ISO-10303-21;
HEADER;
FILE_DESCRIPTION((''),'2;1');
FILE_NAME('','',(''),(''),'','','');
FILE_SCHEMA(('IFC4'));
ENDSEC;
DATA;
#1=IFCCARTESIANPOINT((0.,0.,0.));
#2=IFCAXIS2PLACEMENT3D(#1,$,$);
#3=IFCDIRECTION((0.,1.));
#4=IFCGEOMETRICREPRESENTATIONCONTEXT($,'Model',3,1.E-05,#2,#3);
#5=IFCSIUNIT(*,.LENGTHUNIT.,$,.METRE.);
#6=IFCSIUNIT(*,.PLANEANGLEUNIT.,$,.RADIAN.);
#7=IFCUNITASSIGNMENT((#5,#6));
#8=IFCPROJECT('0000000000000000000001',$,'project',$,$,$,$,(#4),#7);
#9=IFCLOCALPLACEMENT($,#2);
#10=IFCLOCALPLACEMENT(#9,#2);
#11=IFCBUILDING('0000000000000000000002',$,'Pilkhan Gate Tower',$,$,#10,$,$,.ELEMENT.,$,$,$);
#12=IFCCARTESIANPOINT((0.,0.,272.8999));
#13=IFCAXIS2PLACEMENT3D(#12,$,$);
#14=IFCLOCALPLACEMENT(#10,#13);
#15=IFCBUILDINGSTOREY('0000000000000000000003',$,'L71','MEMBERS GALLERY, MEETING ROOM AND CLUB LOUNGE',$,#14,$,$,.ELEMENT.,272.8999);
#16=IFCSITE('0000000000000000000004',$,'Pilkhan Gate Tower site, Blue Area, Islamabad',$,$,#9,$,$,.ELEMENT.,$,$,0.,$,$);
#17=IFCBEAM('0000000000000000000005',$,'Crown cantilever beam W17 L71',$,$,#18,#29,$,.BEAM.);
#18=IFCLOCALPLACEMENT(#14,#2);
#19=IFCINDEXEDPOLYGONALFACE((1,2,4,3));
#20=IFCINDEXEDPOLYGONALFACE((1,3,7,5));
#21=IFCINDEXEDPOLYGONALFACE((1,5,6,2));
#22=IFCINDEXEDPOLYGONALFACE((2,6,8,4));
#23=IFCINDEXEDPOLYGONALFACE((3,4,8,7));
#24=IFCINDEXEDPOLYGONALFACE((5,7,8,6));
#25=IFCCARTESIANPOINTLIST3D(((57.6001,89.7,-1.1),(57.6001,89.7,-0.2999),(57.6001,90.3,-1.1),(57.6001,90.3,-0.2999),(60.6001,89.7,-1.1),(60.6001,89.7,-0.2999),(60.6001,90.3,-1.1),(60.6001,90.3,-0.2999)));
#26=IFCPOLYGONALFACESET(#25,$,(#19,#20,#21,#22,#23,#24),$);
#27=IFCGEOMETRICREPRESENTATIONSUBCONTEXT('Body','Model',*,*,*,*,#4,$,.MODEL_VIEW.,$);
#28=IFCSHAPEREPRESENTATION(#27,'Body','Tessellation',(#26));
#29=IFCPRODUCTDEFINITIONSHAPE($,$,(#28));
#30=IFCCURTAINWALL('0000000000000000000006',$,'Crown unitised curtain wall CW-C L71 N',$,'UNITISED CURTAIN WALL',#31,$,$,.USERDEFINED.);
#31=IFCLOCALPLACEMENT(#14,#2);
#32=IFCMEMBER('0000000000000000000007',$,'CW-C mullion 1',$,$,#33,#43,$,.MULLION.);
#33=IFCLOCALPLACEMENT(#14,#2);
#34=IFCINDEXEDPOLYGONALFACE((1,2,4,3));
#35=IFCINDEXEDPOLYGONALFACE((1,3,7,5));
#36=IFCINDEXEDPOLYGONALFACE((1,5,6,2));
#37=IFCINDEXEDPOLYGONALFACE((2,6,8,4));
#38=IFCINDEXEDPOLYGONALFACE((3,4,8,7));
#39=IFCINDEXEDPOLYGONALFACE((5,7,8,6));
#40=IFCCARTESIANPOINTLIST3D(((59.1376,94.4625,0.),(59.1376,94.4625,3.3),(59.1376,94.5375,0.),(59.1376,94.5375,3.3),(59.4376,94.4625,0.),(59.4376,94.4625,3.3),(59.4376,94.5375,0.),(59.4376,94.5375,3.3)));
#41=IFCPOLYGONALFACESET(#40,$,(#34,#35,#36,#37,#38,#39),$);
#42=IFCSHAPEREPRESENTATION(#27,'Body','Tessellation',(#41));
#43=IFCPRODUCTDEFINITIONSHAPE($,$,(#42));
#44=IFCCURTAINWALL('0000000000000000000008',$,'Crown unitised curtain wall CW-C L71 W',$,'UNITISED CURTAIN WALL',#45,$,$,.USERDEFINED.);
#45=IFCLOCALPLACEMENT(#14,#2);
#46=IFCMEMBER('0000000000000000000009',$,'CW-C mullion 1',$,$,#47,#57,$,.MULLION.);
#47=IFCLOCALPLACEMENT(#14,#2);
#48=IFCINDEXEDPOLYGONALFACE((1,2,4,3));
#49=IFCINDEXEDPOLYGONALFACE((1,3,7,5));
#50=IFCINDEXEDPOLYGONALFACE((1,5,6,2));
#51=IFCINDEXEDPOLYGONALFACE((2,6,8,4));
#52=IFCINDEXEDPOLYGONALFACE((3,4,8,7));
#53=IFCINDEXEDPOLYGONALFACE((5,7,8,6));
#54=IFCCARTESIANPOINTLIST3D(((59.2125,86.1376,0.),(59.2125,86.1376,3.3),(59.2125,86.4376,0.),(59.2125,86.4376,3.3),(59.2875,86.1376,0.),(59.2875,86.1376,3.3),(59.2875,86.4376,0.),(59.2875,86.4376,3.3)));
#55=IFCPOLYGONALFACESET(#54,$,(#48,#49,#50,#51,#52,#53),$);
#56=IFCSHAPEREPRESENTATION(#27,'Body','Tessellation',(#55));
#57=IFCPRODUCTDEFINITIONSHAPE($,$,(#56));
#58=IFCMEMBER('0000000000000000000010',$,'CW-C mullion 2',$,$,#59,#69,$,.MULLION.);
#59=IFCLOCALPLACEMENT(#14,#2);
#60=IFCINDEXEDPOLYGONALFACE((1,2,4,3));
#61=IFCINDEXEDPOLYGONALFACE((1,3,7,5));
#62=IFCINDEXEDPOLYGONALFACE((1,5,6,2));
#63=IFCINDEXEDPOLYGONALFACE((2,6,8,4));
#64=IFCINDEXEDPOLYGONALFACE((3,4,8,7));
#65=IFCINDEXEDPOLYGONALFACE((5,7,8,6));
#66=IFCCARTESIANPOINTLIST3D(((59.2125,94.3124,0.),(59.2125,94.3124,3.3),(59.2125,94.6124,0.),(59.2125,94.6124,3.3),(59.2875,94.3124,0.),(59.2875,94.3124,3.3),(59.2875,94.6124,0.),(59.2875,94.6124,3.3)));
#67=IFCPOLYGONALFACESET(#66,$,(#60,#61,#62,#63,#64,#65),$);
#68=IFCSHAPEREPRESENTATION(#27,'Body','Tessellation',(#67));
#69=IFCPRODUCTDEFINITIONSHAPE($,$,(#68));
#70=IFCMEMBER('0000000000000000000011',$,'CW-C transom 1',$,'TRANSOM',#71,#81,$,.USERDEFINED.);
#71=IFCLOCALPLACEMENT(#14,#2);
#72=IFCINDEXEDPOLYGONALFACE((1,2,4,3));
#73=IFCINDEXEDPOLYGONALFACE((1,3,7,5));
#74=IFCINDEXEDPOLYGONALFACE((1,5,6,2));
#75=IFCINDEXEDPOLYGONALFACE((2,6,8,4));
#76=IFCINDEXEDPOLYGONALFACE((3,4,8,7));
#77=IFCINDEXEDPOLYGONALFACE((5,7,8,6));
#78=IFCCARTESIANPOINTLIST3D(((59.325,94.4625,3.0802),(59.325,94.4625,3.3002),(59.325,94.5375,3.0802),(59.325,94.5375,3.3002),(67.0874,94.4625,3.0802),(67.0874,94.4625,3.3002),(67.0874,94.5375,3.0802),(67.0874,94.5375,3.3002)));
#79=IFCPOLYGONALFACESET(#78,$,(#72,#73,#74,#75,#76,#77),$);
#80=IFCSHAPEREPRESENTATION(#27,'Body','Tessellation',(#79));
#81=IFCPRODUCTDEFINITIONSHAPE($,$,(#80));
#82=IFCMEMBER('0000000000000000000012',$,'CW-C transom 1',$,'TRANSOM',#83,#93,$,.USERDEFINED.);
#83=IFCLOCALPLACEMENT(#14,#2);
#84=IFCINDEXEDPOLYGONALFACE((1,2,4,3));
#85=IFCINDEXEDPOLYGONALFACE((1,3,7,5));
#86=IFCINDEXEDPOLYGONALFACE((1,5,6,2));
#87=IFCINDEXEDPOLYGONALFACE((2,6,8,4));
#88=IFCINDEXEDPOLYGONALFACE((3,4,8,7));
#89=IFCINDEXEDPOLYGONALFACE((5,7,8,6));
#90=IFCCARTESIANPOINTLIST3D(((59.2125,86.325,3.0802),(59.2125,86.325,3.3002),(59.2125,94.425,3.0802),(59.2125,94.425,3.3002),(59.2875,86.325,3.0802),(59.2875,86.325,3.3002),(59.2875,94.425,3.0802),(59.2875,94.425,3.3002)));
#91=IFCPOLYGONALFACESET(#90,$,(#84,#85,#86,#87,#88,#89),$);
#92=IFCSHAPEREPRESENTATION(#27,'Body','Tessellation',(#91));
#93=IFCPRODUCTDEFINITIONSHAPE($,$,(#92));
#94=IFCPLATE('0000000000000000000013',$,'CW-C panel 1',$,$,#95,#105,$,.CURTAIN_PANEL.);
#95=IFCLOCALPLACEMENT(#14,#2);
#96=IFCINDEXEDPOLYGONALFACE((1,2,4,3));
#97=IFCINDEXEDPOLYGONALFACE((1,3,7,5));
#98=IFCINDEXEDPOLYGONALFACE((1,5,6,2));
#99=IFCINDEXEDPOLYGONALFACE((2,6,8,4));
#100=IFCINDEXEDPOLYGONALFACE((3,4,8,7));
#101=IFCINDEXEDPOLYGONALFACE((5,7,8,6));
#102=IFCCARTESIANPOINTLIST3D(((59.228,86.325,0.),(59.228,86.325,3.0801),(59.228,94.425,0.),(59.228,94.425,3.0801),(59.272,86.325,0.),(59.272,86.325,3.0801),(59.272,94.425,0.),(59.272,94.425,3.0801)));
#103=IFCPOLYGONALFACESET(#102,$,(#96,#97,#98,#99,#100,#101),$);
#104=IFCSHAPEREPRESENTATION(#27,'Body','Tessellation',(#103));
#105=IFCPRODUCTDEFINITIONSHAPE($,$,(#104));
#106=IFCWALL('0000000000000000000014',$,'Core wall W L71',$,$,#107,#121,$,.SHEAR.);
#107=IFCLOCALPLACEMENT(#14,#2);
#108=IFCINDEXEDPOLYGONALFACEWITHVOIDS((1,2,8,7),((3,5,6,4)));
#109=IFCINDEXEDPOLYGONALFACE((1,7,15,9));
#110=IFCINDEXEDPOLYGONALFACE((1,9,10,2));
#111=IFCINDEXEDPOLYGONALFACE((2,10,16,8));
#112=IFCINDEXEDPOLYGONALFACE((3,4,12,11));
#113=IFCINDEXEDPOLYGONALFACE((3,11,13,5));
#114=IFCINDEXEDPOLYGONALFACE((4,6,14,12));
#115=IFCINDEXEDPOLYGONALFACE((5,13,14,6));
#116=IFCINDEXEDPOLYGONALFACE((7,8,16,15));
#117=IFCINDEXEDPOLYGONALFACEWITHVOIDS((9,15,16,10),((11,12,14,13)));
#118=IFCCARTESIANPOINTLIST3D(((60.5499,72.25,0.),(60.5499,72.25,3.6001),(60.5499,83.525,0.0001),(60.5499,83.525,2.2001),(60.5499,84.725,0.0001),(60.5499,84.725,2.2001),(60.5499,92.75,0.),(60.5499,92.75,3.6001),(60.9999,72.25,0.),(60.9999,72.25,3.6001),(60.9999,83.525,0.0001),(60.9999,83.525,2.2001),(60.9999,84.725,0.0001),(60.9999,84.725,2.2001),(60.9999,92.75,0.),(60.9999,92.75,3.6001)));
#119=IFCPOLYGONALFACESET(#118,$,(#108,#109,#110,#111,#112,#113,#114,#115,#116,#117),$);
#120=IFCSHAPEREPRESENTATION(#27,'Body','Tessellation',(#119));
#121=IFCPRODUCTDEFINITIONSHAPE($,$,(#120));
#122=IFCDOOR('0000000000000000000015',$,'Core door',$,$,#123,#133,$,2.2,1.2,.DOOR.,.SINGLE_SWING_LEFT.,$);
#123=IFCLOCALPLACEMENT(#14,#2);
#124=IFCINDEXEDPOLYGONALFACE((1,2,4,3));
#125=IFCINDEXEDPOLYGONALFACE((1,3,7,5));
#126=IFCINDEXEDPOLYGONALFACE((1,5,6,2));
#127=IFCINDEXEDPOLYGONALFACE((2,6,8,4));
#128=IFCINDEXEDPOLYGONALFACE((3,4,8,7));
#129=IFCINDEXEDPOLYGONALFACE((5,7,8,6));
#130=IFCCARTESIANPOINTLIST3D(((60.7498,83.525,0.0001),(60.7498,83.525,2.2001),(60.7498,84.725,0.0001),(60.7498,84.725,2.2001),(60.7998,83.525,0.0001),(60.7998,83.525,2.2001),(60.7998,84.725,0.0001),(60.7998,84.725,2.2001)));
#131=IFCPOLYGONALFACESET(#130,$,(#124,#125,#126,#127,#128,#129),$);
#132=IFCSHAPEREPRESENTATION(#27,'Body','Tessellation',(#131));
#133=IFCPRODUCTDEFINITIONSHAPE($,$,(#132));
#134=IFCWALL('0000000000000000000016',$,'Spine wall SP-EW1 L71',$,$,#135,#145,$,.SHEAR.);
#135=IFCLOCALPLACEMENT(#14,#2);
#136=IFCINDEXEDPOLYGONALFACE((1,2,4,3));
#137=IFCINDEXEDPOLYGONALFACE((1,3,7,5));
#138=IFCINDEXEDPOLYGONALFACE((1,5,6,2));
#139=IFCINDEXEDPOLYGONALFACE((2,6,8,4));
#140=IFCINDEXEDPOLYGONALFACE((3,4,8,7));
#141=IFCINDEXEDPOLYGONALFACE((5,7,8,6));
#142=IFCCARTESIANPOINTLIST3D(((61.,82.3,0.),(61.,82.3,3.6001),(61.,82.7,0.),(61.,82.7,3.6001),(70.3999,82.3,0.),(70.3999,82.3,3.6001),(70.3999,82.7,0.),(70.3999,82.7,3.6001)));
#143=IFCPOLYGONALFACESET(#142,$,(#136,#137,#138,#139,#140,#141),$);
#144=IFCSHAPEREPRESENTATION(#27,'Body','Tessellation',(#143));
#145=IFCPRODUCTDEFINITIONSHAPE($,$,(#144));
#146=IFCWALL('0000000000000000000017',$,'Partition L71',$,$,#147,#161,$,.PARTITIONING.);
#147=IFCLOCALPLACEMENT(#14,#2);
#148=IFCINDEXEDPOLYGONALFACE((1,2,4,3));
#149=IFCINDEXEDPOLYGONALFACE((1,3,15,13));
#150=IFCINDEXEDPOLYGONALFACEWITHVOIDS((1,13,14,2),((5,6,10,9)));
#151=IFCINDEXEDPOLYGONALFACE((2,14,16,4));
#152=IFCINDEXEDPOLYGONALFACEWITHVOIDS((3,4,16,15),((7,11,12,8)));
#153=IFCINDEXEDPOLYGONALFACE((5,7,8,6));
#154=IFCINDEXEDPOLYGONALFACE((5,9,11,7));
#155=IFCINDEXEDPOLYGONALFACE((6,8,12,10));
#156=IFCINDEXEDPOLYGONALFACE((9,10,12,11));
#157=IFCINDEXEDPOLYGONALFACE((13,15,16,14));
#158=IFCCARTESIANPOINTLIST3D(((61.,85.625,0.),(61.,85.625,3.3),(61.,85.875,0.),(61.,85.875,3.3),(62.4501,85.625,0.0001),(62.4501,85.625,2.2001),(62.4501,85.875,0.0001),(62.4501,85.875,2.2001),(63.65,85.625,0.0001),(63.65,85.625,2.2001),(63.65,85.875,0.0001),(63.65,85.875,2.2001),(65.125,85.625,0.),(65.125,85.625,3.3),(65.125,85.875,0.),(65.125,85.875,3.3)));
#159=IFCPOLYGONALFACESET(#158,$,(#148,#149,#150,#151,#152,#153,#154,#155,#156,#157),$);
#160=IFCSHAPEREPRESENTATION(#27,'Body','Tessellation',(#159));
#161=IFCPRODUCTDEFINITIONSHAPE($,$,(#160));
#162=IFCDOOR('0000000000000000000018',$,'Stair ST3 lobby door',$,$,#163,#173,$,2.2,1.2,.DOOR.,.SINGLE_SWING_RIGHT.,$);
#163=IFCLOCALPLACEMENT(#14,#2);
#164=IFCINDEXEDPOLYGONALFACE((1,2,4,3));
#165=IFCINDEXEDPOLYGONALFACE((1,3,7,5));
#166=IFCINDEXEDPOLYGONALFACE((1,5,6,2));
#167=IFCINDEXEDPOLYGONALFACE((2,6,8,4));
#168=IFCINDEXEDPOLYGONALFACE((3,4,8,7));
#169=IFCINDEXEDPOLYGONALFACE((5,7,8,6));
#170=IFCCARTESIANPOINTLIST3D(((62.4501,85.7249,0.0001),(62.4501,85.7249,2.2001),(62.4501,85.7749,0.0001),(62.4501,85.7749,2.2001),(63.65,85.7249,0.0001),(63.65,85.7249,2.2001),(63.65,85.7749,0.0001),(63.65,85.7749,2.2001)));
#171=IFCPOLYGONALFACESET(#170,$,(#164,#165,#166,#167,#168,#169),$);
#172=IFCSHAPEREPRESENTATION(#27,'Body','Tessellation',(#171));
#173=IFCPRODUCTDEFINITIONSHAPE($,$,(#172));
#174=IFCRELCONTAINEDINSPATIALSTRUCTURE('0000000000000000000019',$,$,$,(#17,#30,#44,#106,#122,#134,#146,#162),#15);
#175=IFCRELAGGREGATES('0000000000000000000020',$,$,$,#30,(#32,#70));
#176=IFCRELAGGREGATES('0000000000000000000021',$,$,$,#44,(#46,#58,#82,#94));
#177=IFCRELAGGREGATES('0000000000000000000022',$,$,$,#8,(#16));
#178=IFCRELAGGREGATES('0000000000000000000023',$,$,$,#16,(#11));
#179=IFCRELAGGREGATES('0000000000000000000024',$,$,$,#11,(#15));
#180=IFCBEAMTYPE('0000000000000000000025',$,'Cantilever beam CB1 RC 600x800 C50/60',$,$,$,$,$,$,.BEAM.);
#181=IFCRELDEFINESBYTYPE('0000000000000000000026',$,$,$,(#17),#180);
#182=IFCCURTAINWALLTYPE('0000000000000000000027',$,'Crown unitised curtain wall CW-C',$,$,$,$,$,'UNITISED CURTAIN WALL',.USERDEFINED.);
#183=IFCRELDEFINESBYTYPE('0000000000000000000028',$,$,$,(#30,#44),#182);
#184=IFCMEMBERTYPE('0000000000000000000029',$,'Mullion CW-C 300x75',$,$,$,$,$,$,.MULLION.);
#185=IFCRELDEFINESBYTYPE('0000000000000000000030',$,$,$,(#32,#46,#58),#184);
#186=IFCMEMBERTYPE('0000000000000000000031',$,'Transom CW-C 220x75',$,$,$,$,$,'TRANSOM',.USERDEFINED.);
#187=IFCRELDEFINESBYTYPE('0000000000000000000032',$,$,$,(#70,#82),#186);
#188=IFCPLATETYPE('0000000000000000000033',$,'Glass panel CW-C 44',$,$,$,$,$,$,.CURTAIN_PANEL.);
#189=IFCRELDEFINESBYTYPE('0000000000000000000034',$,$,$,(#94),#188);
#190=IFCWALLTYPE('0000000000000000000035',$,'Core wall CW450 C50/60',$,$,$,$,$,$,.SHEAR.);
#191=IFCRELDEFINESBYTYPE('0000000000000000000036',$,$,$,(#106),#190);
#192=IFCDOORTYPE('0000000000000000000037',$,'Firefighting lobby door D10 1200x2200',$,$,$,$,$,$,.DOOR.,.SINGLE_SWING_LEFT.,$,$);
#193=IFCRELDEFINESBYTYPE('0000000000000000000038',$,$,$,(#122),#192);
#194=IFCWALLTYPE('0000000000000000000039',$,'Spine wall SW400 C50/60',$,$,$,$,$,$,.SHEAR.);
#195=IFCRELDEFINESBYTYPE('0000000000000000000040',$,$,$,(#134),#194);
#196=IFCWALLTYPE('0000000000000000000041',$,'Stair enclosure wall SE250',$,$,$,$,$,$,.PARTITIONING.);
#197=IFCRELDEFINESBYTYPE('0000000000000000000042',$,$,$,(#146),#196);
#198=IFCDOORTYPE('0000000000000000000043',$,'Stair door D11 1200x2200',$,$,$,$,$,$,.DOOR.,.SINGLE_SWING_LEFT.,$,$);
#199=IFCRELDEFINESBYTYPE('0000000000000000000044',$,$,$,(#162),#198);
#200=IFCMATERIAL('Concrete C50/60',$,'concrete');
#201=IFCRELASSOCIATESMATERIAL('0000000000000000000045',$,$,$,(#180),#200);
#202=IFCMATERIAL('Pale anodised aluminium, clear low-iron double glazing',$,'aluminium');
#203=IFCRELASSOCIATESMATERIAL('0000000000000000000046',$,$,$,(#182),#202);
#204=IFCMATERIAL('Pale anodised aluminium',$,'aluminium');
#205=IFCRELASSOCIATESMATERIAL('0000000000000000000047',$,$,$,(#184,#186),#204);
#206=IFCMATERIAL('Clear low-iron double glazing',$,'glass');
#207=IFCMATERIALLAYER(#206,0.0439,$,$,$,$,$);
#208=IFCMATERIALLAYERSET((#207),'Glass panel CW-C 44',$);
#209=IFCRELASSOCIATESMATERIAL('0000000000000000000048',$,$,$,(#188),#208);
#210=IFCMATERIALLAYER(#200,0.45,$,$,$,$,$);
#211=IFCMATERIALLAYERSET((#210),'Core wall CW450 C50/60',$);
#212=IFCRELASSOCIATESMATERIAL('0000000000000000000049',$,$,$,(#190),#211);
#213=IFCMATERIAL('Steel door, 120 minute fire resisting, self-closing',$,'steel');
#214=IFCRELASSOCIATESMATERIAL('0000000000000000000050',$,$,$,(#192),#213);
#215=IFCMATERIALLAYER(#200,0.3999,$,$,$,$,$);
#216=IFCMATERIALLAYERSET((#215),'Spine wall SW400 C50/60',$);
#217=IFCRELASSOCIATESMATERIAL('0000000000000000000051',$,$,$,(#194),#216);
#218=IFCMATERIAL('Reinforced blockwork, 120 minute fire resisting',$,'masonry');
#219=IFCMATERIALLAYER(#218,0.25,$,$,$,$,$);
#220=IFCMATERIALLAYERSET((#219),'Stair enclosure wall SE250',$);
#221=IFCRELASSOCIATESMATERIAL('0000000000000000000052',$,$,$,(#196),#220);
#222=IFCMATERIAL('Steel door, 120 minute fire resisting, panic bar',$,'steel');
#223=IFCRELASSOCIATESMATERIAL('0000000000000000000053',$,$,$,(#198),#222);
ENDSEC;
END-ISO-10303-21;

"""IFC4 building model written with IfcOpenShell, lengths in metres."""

from ifc_helpers import new_model, si_unit, direction, frame, frame_2d, origin, origin_2d, place, context, subcontext, project, spatial, rectangle, extrude, material, layer, layer_set, material_profile, profile_set, type_object, element, fill, aggregate, save


model = new_model("IFC4")

# Units and contexts
model_context = context("Model", 3, precision=1e-05, world=origin(), true_north=direction((0.0, 1.0)))
body_context = subcontext(model_context, "Body", "Model", "MODEL_VIEW")
ifc_project = project(units=[si_unit("LENGTHUNIT", "METRE"), si_unit("PLANEANGLEUNIT", "RADIAN")], contexts=[model_context])

# Site, building, storey
site_placement = place(None, origin())
site = spatial("IfcSite", under=ifc_project, at=site_placement, Name="Pilkhan Gate Tower site, Blue Area, Islamabad", CompositionType="ELEMENT", RefElevation=0.0)
building_placement = place(site_placement, origin())
building = spatial("IfcBuilding", under=site, at=building_placement, Name="Pilkhan Gate Tower", CompositionType="ELEMENT")
storey_placement = place(building_placement, frame((0.0, 0.0, 272.8999)))
storey = spatial("IfcBuildingStorey", under=building, at=storey_placement, Name="L71", Description="MEMBERS GALLERY, MEETING ROOM AND CLUB LOUNGE", CompositionType="ELEMENT", Elevation=272.8999)

# Beam
ifc_material_1 = material(Name="Concrete C50/60", Category="concrete")
ifc_material_profile_1 = material_profile(ifc_material_1, rectangle(XDim=0.6001, YDim=0.8, at=origin_2d()), Name="RC 600x800")
ifc_profile_set_1 = profile_set([ifc_material_profile_1], Name="Concrete C50/60")
beam_type = type_object("IfcBeamType", Name="Cantilever beam CB1 RC 600x800 C50/60", PredefinedType="BEAM", material=ifc_profile_set_1)
beam_placement = place(storey_placement, frame((60.6001, 90.0, -0.7), z_axis=(-1.0, 0.0, 0.0), x_axis=(0.0, -1.0, 0.0)))
element("IfcBeam", 1, at=beam_placement, inside=storey, type_object=beam_type, Name="Crown cantilever beam W17 L71", PredefinedType="BEAM", context=body_context, shape_type="SweptSolid", body=[
    extrude(rectangle(XDim=0.6001, YDim=0.8, at=origin_2d()), origin(), (0.0, 0.0, 1.0), 3.0),
])

# Curtain wall, member
ifc_material_2 = material(Name="Pale anodised aluminium, clear low-iron double glazing", Category="aluminium")
curtain_wall_type = type_object("IfcCurtainWallType", Name="Crown unitised curtain wall CW-C", ElementType="UNITISED CURTAIN WALL", PredefinedType="USERDEFINED", material=ifc_material_2)
curtain_wall_1_placement = place(storey_placement, origin())
curtain_wall_1 = element("IfcCurtainWall", 2, at=curtain_wall_1_placement, inside=storey, type_object=curtain_wall_type, Name="Crown unitised curtain wall CW-C L71 N", ObjectType="UNITISED CURTAIN WALL", PredefinedType="USERDEFINED")
ifc_material_3 = material(Name="Pale anodised aluminium", Category="aluminium")
ifc_material_profile_2 = material_profile(ifc_material_3, rectangle(XDim=0.075, YDim=0.3, at=origin_2d()), Name="Mullion 300x75")
ifc_profile_set_2 = profile_set([ifc_material_profile_2], Name="Pale anodised aluminium")
member_type_1 = type_object("IfcMemberType", Name="Mullion CW-C 300x75", PredefinedType="MULLION", material=ifc_profile_set_2)
member_1_placement = place(storey_placement, frame((59.2876, 94.5, 0.0), z_axis=(0.0, 0.0, 1.0), x_axis=(0.0, 1.0, 0.0)))
member_1 = element("IfcMember", 3, at=member_1_placement, type_object=member_type_1, Name="CW-C mullion 1", PredefinedType="MULLION", context=body_context, shape_type="SweptSolid", body=[
    extrude(rectangle(XDim=0.075, YDim=0.3, at=origin_2d()), origin(), (0.0, 0.0, 1.0), 3.3),
])

# Curtain wall, members
curtain_wall_2_placement = place(storey_placement, origin())
curtain_wall_2 = element("IfcCurtainWall", 4, at=curtain_wall_2_placement, inside=storey, type_object=curtain_wall_type, Name="Crown unitised curtain wall CW-C L71 W", ObjectType="UNITISED CURTAIN WALL", PredefinedType="USERDEFINED")
member_2_placement = place(storey_placement, frame((59.25, 86.2876, 0.0), z_axis=(0.0, 0.0, 1.0), x_axis=(-1.0, 0.0, 0.0)))
member_2 = element("IfcMember", 5, at=member_2_placement, type_object=member_type_1, Name="CW-C mullion 1", PredefinedType="MULLION", context=body_context, shape_type="SweptSolid", body=[
    extrude(rectangle(XDim=0.075, YDim=0.3, at=origin_2d()), origin(), (0.0, 0.0, 1.0), 3.3),
])
member_3_placement = place(storey_placement, frame((59.25, 94.4624, 0.0), z_axis=(0.0, 0.0, 1.0), x_axis=(-1.0, 0.0, 0.0)))
member_3 = element("IfcMember", 6, at=member_3_placement, type_object=member_type_1, Name="CW-C mullion 2", PredefinedType="MULLION", context=body_context, shape_type="SweptSolid", body=[
    extrude(rectangle(XDim=0.075, YDim=0.3, at=origin_2d()), origin(), (0.0, 0.0, 1.0), 3.3),
])

# Members
ifc_material_profile_3 = material_profile(ifc_material_3, rectangle(XDim=0.075, YDim=0.22, at=origin_2d()), Name="Transom 220x75")
ifc_profile_set_3 = profile_set([ifc_material_profile_3], Name="Pale anodised aluminium")
member_type_2 = type_object("IfcMemberType", Name="Transom CW-C 220x75", ElementType="TRANSOM", PredefinedType="USERDEFINED", material=ifc_profile_set_3)
member_4_placement = place(storey_placement, frame((59.325, 94.5, 3.1902), z_axis=(1.0, 0.0, 0.0), x_axis=(0.0, 1.0, 0.0)))
member_4 = element("IfcMember", 7, at=member_4_placement, type_object=member_type_2, Name="CW-C transom 1", ObjectType="TRANSOM", PredefinedType="USERDEFINED", context=body_context, shape_type="SweptSolid", body=[
    extrude(rectangle(XDim=0.075, YDim=0.22, at=origin_2d()), origin(), (0.0, 0.0, 1.0), 7.7625),
])
aggregate(curtain_wall_1, [member_1, member_4])
member_5_placement = place(storey_placement, frame((59.25, 86.325, 3.1902), z_axis=(0.0, 1.0, 0.0), x_axis=(-1.0, 0.0, 0.0)))
member_5 = element("IfcMember", 8, at=member_5_placement, type_object=member_type_2, Name="CW-C transom 1", ObjectType="TRANSOM", PredefinedType="USERDEFINED", context=body_context, shape_type="SweptSolid", body=[
    extrude(rectangle(XDim=0.075, YDim=0.22, at=origin_2d()), origin(), (0.0, 0.0, 1.0), 8.1001),
])

# Plate
ifc_material_4 = material(Name="Clear low-iron double glazing", Category="glass")
ifc_layer_1 = layer(ifc_material_4, 0.0439)
ifc_layer_set_1 = layer_set([ifc_layer_1], Name="Glass panel CW-C 44")
plate_type = type_object("IfcPlateType", Name="Glass panel CW-C 44", PredefinedType="CURTAIN_PANEL", material=ifc_layer_set_1)
plate_placement = place(storey_placement, frame((59.25, 90.375, 0.0), z_axis=(0.0, 0.0, 1.0), x_axis=(0.0, 1.0, 0.0)))
plate = element("IfcPlate", 9, at=plate_placement, type_object=plate_type, Name="CW-C panel 1", PredefinedType="CURTAIN_PANEL", context=body_context, shape_type="SweptSolid", body=[
    extrude(rectangle(XDim=8.1001, YDim=0.0439, at=origin_2d()), origin(), (0.0, 0.0, 1.0), 3.0801),
])
aggregate(curtain_wall_2, [member_2, member_3, member_5, plate])

# Wall, opening, door
ifc_layer_2 = layer(ifc_material_1, 0.45)
ifc_layer_set_2 = layer_set([ifc_layer_2], Name="Core wall CW450 C50/60")
wall_type_1 = type_object("IfcWallType", Name="Core wall CW450 C50/60", PredefinedType="SHEAR", material=ifc_layer_set_2)
wall_1_placement = place(storey_placement, frame((60.7749, 92.75, 0.0), z_axis=(0.0, 0.0, 1.0), x_axis=(0.0, -1.0, 0.0)))
wall_1 = element("IfcWall", 10, at=wall_1_placement, inside=storey, type_object=wall_type_1, Name="Core wall W L71", PredefinedType="SHEAR", context=body_context, shape_type="SweptSolid", body=[
    extrude(rectangle(XDim=20.5, YDim=0.45, at=frame_2d((10.25, 0.0))), origin(), (0.0, 0.0, 1.0), 3.6001),
])
opening_1_placement = place(wall_1_placement, frame((8.0249, 0.0, 0.0)))
opening_1 = element("IfcOpeningElement", 11, at=opening_1_placement, cuts=wall_1, PredefinedType="OPENING", context=body_context, shape_type="SweptSolid", body=[
    extrude(rectangle(XDim=1.2, YDim=2.2, at=frame_2d((0.6001, 1.1001))), frame((0.0, 0.2349, 0.0), z_axis=(0.0, -1.0, 0.0), x_axis=(1.0, 0.0, 0.0)), (0.0, 0.0, 1.0), 0.47),
])
ifc_material_5 = material(Name="Steel door, 120 minute fire resisting, self-closing", Category="steel")
door_type_1 = type_object("IfcDoorType", Name="Firefighting lobby door D10 1200x2200", OperationType="SINGLE_SWING_LEFT", PredefinedType="DOOR", material=ifc_material_5)
door_1_placement = place(opening_1_placement, origin())
door_1 = element("IfcDoor", 12, at=door_1_placement, inside=storey, type_object=door_type_1, Name="Core door", OperationType="SINGLE_SWING_LEFT", OverallHeight=2.2, OverallWidth=1.2, PredefinedType="DOOR", context=body_context, shape_type="SweptSolid", body=[
    extrude(rectangle(XDim=1.2, YDim=2.2, at=frame_2d((0.6001, 1.1001))), frame((0.0, 0.0249, 0.0), z_axis=(0.0, -1.0, 0.0), x_axis=(1.0, 0.0, 0.0)), (0.0, 0.0, 1.0), 0.05),
])
fill(opening_1, door_1)

# Wall
ifc_layer_3 = layer(ifc_material_1, 0.3999)
ifc_layer_set_3 = layer_set([ifc_layer_3], Name="Spine wall SW400 C50/60")
wall_type_2 = type_object("IfcWallType", Name="Spine wall SW400 C50/60", PredefinedType="SHEAR", material=ifc_layer_set_3)
wall_2_placement = place(storey_placement, frame((61.0, 82.5, 0.0), z_axis=(0.0, 0.0, 1.0), x_axis=(1.0, 0.0, 0.0)))
element("IfcWall", 13, at=wall_2_placement, inside=storey, type_object=wall_type_2, Name="Spine wall SP-EW1 L71", PredefinedType="SHEAR", context=body_context, shape_type="SweptSolid", body=[
    extrude(rectangle(XDim=9.3999, YDim=0.3999, at=frame_2d((4.7, 0.0))), origin(), (0.0, 0.0, 1.0), 3.6001),
])

# Wall, opening, door
ifc_material_6 = material(Name="Reinforced blockwork, 120 minute fire resisting", Category="masonry")
ifc_layer_4 = layer(ifc_material_6, 0.25)
ifc_layer_set_4 = layer_set([ifc_layer_4], Name="Stair enclosure wall SE250")
wall_type_3 = type_object("IfcWallType", Name="Stair enclosure wall SE250", PredefinedType="PARTITIONING", material=ifc_layer_set_4)
wall_3_placement = place(storey_placement, frame((61.0, 85.75, 0.0), z_axis=(0.0, 0.0, 1.0), x_axis=(1.0, 0.0, 0.0)))
wall_3 = element("IfcWall", 14, at=wall_3_placement, inside=storey, type_object=wall_type_3, Name="Partition L71", PredefinedType="PARTITIONING", context=body_context, shape_type="SweptSolid", body=[
    extrude(rectangle(XDim=4.125, YDim=0.25, at=frame_2d((2.0625, 0.0))), origin(), (0.0, 0.0, 1.0), 3.3),
])
opening_2_placement = place(wall_3_placement, frame((1.45, 0.0, 0.0)))
opening_2 = element("IfcOpeningElement", 15, at=opening_2_placement, cuts=wall_3, PredefinedType="OPENING", context=body_context, shape_type="SweptSolid", body=[
    extrude(rectangle(XDim=1.2, YDim=2.2, at=frame_2d((0.6001, 1.1001))), frame((0.0, 0.135, 0.0), z_axis=(0.0, -1.0, 0.0), x_axis=(1.0, 0.0, 0.0)), (0.0, 0.0, 1.0), 0.27),
])
ifc_material_7 = material(Name="Steel door, 120 minute fire resisting, panic bar", Category="steel")
door_type_2 = type_object("IfcDoorType", Name="Stair door D11 1200x2200", OperationType="SINGLE_SWING_LEFT", PredefinedType="DOOR", material=ifc_material_7)
door_2_placement = place(opening_2_placement, origin())
door_2 = element("IfcDoor", 16, at=door_2_placement, inside=storey, type_object=door_type_2, Name="Stair ST3 lobby door", OperationType="SINGLE_SWING_RIGHT", OverallHeight=2.2, OverallWidth=1.2, PredefinedType="DOOR", context=body_context, shape_type="SweptSolid", body=[
    extrude(rectangle(XDim=1.2, YDim=2.2, at=frame_2d((0.6001, 1.1001))), frame((0.0, 0.0249, 0.0), z_axis=(0.0, -1.0, 0.0), x_axis=(1.0, 0.0, 0.0)), (0.0, 0.0, 1.0), 0.05),
])
fill(opening_2, door_2)

save(model, "model.ifc")
